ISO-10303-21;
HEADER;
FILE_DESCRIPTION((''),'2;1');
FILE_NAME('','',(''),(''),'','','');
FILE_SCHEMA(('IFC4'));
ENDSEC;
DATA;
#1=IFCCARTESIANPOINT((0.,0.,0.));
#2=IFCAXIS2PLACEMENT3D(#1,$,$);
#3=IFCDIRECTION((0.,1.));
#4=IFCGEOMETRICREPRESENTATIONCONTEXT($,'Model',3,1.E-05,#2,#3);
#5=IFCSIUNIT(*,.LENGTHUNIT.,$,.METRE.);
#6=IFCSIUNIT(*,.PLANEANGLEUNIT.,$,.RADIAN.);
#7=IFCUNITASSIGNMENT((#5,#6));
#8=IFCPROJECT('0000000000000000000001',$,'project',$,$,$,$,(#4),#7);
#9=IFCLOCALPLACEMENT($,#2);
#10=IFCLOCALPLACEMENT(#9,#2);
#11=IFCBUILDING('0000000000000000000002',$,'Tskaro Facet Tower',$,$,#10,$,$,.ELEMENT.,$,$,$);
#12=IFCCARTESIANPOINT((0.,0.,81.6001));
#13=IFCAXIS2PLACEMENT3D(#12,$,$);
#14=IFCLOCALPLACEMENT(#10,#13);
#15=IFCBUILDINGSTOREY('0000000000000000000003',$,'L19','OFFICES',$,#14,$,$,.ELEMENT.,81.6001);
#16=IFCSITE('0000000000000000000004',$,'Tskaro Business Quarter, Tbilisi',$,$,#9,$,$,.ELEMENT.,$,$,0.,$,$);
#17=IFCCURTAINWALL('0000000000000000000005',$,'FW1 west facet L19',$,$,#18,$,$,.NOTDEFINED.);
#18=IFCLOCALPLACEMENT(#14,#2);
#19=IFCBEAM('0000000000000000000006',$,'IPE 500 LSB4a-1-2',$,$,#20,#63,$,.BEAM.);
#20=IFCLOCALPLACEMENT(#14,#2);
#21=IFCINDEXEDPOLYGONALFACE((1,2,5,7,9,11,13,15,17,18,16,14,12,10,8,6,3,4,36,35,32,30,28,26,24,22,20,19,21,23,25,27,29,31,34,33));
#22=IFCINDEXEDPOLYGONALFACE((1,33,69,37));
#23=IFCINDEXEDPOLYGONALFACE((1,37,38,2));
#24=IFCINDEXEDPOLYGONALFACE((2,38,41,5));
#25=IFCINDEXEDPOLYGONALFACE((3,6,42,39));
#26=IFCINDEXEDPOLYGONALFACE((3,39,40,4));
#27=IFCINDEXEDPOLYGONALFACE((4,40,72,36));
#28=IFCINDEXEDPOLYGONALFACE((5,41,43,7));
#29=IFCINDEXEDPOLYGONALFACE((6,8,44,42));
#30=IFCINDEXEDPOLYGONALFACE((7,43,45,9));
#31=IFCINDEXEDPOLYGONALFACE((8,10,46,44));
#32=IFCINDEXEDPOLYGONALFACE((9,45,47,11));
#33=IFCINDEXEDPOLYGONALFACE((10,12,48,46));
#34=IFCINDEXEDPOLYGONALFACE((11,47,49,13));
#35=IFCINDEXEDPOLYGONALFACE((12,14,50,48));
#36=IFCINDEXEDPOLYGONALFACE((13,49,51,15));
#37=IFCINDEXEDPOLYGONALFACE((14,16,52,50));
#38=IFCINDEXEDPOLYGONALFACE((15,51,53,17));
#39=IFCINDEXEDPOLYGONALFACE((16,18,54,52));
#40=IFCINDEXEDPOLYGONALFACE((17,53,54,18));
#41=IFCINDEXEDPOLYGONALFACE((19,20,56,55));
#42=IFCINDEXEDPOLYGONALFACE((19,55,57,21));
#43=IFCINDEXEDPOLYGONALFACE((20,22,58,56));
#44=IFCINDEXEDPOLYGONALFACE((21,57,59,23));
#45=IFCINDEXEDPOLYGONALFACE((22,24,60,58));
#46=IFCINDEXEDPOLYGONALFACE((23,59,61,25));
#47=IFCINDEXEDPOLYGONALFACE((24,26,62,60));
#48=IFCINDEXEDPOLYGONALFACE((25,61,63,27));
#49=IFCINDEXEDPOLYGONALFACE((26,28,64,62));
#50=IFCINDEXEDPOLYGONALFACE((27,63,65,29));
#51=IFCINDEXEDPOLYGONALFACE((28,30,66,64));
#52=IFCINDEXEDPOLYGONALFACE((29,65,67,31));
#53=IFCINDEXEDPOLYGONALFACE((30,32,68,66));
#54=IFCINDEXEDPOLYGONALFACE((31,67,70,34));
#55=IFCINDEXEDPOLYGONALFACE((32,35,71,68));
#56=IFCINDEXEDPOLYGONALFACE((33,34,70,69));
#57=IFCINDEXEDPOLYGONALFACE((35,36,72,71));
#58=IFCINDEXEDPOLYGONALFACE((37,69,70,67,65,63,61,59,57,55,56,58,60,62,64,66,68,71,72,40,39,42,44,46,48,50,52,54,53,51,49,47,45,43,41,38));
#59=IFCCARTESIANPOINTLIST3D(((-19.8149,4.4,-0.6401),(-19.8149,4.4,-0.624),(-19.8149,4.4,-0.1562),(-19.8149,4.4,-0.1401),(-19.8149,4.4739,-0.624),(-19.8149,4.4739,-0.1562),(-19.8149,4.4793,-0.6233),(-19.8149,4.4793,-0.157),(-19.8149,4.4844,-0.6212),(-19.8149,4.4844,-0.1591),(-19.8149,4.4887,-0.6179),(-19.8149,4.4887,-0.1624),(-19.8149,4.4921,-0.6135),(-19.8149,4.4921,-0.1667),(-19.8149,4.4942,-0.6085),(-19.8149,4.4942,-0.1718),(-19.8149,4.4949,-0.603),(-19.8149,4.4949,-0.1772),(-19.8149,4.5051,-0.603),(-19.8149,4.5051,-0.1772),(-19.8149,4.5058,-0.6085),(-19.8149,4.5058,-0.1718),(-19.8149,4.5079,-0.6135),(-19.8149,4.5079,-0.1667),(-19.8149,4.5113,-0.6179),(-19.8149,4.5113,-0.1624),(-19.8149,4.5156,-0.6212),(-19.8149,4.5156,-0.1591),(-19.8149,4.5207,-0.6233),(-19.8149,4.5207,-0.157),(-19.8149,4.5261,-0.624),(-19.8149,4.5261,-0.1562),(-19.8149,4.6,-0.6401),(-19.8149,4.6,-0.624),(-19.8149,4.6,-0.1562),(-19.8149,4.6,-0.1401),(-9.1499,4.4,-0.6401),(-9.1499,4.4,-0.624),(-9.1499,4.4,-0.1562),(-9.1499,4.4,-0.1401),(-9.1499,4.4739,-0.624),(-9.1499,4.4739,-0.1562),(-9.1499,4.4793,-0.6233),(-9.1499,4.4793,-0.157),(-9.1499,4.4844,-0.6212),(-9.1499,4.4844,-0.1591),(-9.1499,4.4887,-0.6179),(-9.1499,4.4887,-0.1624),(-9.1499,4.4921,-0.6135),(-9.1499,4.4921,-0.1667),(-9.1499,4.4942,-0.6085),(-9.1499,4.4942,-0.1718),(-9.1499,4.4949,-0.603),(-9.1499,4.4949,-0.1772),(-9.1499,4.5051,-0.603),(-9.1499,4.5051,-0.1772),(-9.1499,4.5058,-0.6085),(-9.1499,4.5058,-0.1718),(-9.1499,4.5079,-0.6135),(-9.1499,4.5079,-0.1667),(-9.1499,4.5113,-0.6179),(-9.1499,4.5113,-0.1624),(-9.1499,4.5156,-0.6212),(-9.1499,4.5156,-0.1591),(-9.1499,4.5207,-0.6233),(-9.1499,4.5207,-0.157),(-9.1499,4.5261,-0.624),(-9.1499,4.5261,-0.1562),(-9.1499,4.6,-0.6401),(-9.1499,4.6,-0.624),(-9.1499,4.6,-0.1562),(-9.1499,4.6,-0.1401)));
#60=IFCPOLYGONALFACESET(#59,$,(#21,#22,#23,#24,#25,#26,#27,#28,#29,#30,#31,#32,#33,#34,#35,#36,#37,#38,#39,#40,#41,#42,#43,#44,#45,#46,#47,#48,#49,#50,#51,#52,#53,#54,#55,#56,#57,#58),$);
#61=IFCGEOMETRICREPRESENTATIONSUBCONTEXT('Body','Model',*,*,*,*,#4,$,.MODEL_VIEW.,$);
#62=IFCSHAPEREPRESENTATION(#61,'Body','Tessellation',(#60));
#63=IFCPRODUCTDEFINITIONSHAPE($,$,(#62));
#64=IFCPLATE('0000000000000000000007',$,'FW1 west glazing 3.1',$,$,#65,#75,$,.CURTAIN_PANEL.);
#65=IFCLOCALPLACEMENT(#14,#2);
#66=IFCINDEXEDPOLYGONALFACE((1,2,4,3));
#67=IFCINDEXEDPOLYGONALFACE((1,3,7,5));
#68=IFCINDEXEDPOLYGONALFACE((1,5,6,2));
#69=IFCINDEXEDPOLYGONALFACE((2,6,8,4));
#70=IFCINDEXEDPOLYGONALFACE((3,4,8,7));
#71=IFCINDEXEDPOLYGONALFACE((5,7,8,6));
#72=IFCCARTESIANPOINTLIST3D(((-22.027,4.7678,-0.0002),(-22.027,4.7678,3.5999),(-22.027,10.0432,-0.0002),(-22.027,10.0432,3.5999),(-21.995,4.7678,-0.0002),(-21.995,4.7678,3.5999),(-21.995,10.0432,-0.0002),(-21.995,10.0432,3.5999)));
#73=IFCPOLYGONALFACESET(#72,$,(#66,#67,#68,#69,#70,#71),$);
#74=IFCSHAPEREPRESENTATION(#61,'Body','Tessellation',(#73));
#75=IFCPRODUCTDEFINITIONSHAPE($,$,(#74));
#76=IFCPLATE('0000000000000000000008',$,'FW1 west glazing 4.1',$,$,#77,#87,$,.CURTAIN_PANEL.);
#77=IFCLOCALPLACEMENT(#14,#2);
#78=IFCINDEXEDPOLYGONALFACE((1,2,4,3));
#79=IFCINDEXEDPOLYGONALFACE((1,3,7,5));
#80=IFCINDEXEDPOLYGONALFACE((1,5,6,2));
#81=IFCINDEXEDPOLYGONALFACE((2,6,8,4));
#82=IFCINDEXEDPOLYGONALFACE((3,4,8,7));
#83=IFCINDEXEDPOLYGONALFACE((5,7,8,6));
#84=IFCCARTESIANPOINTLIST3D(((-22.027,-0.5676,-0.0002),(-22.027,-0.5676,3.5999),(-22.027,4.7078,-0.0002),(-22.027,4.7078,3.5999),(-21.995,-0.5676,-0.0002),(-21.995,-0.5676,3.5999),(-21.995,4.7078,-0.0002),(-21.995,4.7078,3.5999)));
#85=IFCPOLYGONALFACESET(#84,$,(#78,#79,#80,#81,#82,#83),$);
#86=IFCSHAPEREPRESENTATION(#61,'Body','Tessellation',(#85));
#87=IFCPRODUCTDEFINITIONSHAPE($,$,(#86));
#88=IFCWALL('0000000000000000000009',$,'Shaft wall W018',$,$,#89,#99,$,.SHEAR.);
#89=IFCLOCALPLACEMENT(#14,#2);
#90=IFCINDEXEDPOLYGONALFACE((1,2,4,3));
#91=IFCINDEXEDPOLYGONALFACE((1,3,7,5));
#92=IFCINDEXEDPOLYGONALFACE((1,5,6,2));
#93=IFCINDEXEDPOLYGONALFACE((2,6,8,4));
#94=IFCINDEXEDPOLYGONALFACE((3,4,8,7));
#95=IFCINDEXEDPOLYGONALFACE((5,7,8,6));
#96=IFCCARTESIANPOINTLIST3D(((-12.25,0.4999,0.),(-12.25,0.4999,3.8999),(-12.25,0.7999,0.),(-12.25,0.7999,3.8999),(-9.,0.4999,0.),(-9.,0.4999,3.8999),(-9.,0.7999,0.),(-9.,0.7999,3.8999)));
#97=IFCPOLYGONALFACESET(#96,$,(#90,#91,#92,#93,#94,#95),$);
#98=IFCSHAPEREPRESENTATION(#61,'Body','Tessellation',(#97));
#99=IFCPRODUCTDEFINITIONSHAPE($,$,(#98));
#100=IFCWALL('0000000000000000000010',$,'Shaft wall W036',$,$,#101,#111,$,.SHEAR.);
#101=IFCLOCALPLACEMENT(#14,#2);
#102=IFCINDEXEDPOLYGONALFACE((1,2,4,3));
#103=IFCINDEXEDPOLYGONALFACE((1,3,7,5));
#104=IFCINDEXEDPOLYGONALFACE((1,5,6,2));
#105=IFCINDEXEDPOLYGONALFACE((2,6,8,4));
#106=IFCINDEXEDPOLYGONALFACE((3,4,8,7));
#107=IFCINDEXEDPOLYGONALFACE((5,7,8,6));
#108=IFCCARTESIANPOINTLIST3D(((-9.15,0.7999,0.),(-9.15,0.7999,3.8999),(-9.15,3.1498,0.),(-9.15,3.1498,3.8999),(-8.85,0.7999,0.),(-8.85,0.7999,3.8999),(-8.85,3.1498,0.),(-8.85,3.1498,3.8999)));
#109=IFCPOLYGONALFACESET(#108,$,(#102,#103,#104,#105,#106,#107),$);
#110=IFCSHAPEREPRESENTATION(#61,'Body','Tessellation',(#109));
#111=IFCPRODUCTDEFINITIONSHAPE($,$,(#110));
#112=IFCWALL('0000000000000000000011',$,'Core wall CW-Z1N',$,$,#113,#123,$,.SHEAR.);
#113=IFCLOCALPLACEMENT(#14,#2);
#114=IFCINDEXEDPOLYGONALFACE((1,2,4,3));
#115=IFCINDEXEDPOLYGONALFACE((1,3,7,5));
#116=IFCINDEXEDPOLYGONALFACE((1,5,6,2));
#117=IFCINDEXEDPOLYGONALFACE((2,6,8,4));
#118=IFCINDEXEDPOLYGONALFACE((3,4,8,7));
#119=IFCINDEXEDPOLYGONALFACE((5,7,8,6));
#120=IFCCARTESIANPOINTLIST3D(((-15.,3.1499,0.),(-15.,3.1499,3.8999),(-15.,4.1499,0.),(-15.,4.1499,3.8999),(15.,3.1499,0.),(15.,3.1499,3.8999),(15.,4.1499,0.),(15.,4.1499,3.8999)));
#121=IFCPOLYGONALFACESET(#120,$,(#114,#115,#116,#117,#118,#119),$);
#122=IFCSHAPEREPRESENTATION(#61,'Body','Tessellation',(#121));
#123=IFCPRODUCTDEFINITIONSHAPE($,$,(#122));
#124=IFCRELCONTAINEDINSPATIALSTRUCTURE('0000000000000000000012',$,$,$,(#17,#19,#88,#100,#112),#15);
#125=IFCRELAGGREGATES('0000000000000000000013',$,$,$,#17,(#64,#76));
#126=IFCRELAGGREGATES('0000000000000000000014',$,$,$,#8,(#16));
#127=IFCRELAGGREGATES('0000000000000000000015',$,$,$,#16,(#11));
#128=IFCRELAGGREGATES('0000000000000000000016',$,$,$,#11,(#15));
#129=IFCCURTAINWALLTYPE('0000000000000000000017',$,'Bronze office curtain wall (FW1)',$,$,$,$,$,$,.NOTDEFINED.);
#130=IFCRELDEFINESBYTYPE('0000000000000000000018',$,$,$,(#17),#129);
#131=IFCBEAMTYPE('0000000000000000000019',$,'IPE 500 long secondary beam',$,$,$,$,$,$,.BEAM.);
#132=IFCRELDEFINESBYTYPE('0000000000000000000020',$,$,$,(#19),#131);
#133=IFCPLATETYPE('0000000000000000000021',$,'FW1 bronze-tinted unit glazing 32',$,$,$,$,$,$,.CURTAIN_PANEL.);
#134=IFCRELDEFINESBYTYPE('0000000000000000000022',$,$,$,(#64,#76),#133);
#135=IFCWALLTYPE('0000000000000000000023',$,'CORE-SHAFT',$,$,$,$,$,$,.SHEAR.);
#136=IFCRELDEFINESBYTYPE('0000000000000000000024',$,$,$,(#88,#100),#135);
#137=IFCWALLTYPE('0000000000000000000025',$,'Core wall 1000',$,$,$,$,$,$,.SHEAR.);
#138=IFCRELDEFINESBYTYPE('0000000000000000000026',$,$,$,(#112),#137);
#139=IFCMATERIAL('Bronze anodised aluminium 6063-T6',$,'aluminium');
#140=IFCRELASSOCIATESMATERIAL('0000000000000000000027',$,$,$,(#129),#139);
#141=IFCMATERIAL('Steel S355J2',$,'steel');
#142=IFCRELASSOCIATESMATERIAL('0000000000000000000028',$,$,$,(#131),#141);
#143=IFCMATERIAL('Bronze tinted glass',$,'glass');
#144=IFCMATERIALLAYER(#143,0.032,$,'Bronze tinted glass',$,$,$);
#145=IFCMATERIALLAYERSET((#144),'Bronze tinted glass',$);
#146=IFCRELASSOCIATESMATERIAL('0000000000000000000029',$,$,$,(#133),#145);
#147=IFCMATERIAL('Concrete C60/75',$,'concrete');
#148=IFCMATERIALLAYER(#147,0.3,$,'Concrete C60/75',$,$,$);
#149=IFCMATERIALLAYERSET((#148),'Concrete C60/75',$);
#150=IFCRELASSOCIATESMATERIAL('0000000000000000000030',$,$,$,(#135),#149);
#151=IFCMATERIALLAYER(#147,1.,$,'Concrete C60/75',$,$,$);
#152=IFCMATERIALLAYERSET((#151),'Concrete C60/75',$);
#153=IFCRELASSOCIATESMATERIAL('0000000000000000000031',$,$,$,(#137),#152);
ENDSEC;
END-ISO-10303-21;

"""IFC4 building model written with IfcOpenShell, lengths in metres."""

from ifc_helpers import new_model, si_unit, direction, frame, frame_2d, origin, origin_2d, place, context, subcontext, project, spatial, rectangle, i_section, extrude, material, layer, layer_set, material_profile, profile_set, type_object, element, aggregate, save


model = new_model("IFC4")

# Units and contexts
model_context = context("Model", 3, precision=1e-05, world=origin(), true_north=direction((0.0, 1.0)))
body_context = subcontext(model_context, "Body", "Model", "MODEL_VIEW")
ifc_project = project(units=[si_unit("LENGTHUNIT", "METRE"), si_unit("PLANEANGLEUNIT", "RADIAN")], contexts=[model_context])

# Site, building, storey
site_placement = place(None, origin())
site = spatial("IfcSite", under=ifc_project, at=site_placement, Name="Tskaro Business Quarter, Tbilisi", CompositionType="ELEMENT", RefElevation=0.0)
building_placement = place(site_placement, origin())
building = spatial("IfcBuilding", under=site, at=building_placement, Name="Tskaro Facet Tower", CompositionType="ELEMENT")
storey_placement = place(building_placement, frame((0.0, 0.0, 81.6001)))
storey = spatial("IfcBuildingStorey", under=building, at=storey_placement, Name="L19", Description="OFFICES", CompositionType="ELEMENT", Elevation=81.6001)

# Curtain wall
ifc_material_1 = material(Name="Bronze anodised aluminium 6063-T6", Category="aluminium")
curtain_wall_type = type_object("IfcCurtainWallType", Name="Bronze office curtain wall (FW1)", PredefinedType="NOTDEFINED", material=ifc_material_1)
curtain_wall_placement = place(storey_placement, origin())
curtain_wall = element("IfcCurtainWall", 1, at=curtain_wall_placement, inside=storey, type_object=curtain_wall_type, Name="FW1 west facet L19", PredefinedType="NOTDEFINED")

# Beam
ifc_material_2 = material(Name="Steel S355J2", Category="steel")
ifc_material_profile_1 = material_profile(ifc_material_2, i_section(OverallWidth=0.2, OverallDepth=0.5, WebThickness=0.0103, FlangeThickness=0.0161, FilletRadius=0.021, at=origin_2d()), Name="IPE 500")
ifc_profile_set_1 = profile_set([ifc_material_profile_1], Name="Steel S355J2")
beam_type_1 = type_object("IfcBeamType", Name="IPE 500 long secondary beam", PredefinedType="BEAM", material=ifc_profile_set_1)
beam_1_placement = place(storey_placement, frame((-19.8149, 4.5, -0.3901), z_axis=(1.0, 0.0, 0.0), x_axis=(0.0, 1.0, 0.0)))
element("IfcBeam", 2, at=beam_1_placement, inside=storey, type_object=beam_type_1, Name="IPE 500 LSB4a-1-2", PredefinedType="BEAM", context=body_context, shape_type="SweptSolid", body=[
    extrude(i_section(OverallWidth=0.2, OverallDepth=0.5, WebThickness=0.0103, FlangeThickness=0.0161, FilletRadius=0.021, at=origin_2d()), origin(), (0.0, 0.0, 1.0), 10.665),
])

# Plates
ifc_material_3 = material(Name="Bronze tinted glass", Category="glass")
ifc_layer_1 = layer(ifc_material_3, 0.032, Name="Bronze tinted glass")
ifc_layer_set_1 = layer_set([ifc_layer_1], Name="Bronze tinted glass")
plate_type = type_object("IfcPlateType", Name="FW1 bronze-tinted unit glazing 32", PredefinedType="CURTAIN_PANEL", material=ifc_layer_set_1)
plate_1_placement = place(storey_placement, frame((-22.011, 7.4055, -0.0002), z_axis=(0.0, 0.0, 1.0), x_axis=(0.0, -1.0, 0.0)))
plate_1 = element("IfcPlate", 3, at=plate_1_placement, type_object=plate_type, Name="FW1 west glazing 3.1", PredefinedType="CURTAIN_PANEL", context=body_context, shape_type="SweptSolid", body=[
    extrude(rectangle(XDim=5.2754, YDim=0.032, at=origin_2d()), origin(), (0.0, 0.0, 1.0), 3.6001),
])
plate_2_placement = place(storey_placement, frame((-22.011, 2.0701, -0.0002), z_axis=(0.0, 0.0, 1.0), x_axis=(0.0, -1.0, 0.0)))
plate_2 = element("IfcPlate", 4, at=plate_2_placement, type_object=plate_type, Name="FW1 west glazing 4.1", PredefinedType="CURTAIN_PANEL", context=body_context, shape_type="SweptSolid", body=[
    extrude(rectangle(XDim=5.2754, YDim=0.032, at=origin_2d()), origin(), (0.0, 0.0, 1.0), 3.6001),
])
aggregate(curtain_wall, [plate_1, plate_2])

# Walls
ifc_material_4 = material(Name="Concrete C60/75", Category="concrete")
ifc_layer_2 = layer(ifc_material_4, 0.3, Name="Concrete C60/75")
ifc_layer_set_2 = layer_set([ifc_layer_2], Name="Concrete C60/75")
wall_type_1 = type_object("IfcWallType", Name="CORE-SHAFT", PredefinedType="SHEAR", material=ifc_layer_set_2)
wall_1_placement = place(storey_placement, frame((-9.0, 0.6499, 0.0), z_axis=(0.0, 0.0, 1.0), x_axis=(-1.0, 0.0, 0.0)))
element("IfcWall", 5, at=wall_1_placement, inside=storey, type_object=wall_type_1, Name="Shaft wall W018", PredefinedType="SHEAR", context=body_context, shape_type="SweptSolid", body=[
    extrude(rectangle(XDim=3.25, YDim=0.3, at=frame_2d((1.625, 0.0))), origin(), (0.0, 0.0, 1.0), 3.8999),
])
wall_2_placement = place(storey_placement, frame((-9.0, 0.8, 0.0), z_axis=(0.0, 0.0, 1.0), x_axis=(0.0, 1.0, 0.0)))
element("IfcWall", 6, at=wall_2_placement, inside=storey, type_object=wall_type_1, Name="Shaft wall W036", PredefinedType="SHEAR", context=body_context, shape_type="SweptSolid", body=[
    extrude(rectangle(XDim=2.3499, YDim=0.3, at=frame_2d((1.1748, 0.0))), origin(), (0.0, 0.0, 1.0), 3.8999),
])
ifc_layer_3 = layer(ifc_material_4, 1.0, Name="Concrete C60/75")
ifc_layer_set_3 = layer_set([ifc_layer_3], Name="Concrete C60/75")
wall_type_2 = type_object("IfcWallType", Name="Core wall 1000", PredefinedType="SHEAR", material=ifc_layer_set_3)
wall_3_placement = place(storey_placement, frame((-15.0, 3.6499, 0.0), z_axis=(0.0, 0.0, 1.0), x_axis=(1.0, 0.0, 0.0)))
element("IfcWall", 7, at=wall_3_placement, inside=storey, type_object=wall_type_2, Name="Core wall CW-Z1N", PredefinedType="SHEAR", context=body_context, shape_type="SweptSolid", body=[
    extrude(rectangle(XDim=30.0, YDim=1.0, at=frame_2d((15.0, 0.0))), origin(), (0.0, 0.0, 1.0), 3.8999),
])

save(model, "model.ifc")
